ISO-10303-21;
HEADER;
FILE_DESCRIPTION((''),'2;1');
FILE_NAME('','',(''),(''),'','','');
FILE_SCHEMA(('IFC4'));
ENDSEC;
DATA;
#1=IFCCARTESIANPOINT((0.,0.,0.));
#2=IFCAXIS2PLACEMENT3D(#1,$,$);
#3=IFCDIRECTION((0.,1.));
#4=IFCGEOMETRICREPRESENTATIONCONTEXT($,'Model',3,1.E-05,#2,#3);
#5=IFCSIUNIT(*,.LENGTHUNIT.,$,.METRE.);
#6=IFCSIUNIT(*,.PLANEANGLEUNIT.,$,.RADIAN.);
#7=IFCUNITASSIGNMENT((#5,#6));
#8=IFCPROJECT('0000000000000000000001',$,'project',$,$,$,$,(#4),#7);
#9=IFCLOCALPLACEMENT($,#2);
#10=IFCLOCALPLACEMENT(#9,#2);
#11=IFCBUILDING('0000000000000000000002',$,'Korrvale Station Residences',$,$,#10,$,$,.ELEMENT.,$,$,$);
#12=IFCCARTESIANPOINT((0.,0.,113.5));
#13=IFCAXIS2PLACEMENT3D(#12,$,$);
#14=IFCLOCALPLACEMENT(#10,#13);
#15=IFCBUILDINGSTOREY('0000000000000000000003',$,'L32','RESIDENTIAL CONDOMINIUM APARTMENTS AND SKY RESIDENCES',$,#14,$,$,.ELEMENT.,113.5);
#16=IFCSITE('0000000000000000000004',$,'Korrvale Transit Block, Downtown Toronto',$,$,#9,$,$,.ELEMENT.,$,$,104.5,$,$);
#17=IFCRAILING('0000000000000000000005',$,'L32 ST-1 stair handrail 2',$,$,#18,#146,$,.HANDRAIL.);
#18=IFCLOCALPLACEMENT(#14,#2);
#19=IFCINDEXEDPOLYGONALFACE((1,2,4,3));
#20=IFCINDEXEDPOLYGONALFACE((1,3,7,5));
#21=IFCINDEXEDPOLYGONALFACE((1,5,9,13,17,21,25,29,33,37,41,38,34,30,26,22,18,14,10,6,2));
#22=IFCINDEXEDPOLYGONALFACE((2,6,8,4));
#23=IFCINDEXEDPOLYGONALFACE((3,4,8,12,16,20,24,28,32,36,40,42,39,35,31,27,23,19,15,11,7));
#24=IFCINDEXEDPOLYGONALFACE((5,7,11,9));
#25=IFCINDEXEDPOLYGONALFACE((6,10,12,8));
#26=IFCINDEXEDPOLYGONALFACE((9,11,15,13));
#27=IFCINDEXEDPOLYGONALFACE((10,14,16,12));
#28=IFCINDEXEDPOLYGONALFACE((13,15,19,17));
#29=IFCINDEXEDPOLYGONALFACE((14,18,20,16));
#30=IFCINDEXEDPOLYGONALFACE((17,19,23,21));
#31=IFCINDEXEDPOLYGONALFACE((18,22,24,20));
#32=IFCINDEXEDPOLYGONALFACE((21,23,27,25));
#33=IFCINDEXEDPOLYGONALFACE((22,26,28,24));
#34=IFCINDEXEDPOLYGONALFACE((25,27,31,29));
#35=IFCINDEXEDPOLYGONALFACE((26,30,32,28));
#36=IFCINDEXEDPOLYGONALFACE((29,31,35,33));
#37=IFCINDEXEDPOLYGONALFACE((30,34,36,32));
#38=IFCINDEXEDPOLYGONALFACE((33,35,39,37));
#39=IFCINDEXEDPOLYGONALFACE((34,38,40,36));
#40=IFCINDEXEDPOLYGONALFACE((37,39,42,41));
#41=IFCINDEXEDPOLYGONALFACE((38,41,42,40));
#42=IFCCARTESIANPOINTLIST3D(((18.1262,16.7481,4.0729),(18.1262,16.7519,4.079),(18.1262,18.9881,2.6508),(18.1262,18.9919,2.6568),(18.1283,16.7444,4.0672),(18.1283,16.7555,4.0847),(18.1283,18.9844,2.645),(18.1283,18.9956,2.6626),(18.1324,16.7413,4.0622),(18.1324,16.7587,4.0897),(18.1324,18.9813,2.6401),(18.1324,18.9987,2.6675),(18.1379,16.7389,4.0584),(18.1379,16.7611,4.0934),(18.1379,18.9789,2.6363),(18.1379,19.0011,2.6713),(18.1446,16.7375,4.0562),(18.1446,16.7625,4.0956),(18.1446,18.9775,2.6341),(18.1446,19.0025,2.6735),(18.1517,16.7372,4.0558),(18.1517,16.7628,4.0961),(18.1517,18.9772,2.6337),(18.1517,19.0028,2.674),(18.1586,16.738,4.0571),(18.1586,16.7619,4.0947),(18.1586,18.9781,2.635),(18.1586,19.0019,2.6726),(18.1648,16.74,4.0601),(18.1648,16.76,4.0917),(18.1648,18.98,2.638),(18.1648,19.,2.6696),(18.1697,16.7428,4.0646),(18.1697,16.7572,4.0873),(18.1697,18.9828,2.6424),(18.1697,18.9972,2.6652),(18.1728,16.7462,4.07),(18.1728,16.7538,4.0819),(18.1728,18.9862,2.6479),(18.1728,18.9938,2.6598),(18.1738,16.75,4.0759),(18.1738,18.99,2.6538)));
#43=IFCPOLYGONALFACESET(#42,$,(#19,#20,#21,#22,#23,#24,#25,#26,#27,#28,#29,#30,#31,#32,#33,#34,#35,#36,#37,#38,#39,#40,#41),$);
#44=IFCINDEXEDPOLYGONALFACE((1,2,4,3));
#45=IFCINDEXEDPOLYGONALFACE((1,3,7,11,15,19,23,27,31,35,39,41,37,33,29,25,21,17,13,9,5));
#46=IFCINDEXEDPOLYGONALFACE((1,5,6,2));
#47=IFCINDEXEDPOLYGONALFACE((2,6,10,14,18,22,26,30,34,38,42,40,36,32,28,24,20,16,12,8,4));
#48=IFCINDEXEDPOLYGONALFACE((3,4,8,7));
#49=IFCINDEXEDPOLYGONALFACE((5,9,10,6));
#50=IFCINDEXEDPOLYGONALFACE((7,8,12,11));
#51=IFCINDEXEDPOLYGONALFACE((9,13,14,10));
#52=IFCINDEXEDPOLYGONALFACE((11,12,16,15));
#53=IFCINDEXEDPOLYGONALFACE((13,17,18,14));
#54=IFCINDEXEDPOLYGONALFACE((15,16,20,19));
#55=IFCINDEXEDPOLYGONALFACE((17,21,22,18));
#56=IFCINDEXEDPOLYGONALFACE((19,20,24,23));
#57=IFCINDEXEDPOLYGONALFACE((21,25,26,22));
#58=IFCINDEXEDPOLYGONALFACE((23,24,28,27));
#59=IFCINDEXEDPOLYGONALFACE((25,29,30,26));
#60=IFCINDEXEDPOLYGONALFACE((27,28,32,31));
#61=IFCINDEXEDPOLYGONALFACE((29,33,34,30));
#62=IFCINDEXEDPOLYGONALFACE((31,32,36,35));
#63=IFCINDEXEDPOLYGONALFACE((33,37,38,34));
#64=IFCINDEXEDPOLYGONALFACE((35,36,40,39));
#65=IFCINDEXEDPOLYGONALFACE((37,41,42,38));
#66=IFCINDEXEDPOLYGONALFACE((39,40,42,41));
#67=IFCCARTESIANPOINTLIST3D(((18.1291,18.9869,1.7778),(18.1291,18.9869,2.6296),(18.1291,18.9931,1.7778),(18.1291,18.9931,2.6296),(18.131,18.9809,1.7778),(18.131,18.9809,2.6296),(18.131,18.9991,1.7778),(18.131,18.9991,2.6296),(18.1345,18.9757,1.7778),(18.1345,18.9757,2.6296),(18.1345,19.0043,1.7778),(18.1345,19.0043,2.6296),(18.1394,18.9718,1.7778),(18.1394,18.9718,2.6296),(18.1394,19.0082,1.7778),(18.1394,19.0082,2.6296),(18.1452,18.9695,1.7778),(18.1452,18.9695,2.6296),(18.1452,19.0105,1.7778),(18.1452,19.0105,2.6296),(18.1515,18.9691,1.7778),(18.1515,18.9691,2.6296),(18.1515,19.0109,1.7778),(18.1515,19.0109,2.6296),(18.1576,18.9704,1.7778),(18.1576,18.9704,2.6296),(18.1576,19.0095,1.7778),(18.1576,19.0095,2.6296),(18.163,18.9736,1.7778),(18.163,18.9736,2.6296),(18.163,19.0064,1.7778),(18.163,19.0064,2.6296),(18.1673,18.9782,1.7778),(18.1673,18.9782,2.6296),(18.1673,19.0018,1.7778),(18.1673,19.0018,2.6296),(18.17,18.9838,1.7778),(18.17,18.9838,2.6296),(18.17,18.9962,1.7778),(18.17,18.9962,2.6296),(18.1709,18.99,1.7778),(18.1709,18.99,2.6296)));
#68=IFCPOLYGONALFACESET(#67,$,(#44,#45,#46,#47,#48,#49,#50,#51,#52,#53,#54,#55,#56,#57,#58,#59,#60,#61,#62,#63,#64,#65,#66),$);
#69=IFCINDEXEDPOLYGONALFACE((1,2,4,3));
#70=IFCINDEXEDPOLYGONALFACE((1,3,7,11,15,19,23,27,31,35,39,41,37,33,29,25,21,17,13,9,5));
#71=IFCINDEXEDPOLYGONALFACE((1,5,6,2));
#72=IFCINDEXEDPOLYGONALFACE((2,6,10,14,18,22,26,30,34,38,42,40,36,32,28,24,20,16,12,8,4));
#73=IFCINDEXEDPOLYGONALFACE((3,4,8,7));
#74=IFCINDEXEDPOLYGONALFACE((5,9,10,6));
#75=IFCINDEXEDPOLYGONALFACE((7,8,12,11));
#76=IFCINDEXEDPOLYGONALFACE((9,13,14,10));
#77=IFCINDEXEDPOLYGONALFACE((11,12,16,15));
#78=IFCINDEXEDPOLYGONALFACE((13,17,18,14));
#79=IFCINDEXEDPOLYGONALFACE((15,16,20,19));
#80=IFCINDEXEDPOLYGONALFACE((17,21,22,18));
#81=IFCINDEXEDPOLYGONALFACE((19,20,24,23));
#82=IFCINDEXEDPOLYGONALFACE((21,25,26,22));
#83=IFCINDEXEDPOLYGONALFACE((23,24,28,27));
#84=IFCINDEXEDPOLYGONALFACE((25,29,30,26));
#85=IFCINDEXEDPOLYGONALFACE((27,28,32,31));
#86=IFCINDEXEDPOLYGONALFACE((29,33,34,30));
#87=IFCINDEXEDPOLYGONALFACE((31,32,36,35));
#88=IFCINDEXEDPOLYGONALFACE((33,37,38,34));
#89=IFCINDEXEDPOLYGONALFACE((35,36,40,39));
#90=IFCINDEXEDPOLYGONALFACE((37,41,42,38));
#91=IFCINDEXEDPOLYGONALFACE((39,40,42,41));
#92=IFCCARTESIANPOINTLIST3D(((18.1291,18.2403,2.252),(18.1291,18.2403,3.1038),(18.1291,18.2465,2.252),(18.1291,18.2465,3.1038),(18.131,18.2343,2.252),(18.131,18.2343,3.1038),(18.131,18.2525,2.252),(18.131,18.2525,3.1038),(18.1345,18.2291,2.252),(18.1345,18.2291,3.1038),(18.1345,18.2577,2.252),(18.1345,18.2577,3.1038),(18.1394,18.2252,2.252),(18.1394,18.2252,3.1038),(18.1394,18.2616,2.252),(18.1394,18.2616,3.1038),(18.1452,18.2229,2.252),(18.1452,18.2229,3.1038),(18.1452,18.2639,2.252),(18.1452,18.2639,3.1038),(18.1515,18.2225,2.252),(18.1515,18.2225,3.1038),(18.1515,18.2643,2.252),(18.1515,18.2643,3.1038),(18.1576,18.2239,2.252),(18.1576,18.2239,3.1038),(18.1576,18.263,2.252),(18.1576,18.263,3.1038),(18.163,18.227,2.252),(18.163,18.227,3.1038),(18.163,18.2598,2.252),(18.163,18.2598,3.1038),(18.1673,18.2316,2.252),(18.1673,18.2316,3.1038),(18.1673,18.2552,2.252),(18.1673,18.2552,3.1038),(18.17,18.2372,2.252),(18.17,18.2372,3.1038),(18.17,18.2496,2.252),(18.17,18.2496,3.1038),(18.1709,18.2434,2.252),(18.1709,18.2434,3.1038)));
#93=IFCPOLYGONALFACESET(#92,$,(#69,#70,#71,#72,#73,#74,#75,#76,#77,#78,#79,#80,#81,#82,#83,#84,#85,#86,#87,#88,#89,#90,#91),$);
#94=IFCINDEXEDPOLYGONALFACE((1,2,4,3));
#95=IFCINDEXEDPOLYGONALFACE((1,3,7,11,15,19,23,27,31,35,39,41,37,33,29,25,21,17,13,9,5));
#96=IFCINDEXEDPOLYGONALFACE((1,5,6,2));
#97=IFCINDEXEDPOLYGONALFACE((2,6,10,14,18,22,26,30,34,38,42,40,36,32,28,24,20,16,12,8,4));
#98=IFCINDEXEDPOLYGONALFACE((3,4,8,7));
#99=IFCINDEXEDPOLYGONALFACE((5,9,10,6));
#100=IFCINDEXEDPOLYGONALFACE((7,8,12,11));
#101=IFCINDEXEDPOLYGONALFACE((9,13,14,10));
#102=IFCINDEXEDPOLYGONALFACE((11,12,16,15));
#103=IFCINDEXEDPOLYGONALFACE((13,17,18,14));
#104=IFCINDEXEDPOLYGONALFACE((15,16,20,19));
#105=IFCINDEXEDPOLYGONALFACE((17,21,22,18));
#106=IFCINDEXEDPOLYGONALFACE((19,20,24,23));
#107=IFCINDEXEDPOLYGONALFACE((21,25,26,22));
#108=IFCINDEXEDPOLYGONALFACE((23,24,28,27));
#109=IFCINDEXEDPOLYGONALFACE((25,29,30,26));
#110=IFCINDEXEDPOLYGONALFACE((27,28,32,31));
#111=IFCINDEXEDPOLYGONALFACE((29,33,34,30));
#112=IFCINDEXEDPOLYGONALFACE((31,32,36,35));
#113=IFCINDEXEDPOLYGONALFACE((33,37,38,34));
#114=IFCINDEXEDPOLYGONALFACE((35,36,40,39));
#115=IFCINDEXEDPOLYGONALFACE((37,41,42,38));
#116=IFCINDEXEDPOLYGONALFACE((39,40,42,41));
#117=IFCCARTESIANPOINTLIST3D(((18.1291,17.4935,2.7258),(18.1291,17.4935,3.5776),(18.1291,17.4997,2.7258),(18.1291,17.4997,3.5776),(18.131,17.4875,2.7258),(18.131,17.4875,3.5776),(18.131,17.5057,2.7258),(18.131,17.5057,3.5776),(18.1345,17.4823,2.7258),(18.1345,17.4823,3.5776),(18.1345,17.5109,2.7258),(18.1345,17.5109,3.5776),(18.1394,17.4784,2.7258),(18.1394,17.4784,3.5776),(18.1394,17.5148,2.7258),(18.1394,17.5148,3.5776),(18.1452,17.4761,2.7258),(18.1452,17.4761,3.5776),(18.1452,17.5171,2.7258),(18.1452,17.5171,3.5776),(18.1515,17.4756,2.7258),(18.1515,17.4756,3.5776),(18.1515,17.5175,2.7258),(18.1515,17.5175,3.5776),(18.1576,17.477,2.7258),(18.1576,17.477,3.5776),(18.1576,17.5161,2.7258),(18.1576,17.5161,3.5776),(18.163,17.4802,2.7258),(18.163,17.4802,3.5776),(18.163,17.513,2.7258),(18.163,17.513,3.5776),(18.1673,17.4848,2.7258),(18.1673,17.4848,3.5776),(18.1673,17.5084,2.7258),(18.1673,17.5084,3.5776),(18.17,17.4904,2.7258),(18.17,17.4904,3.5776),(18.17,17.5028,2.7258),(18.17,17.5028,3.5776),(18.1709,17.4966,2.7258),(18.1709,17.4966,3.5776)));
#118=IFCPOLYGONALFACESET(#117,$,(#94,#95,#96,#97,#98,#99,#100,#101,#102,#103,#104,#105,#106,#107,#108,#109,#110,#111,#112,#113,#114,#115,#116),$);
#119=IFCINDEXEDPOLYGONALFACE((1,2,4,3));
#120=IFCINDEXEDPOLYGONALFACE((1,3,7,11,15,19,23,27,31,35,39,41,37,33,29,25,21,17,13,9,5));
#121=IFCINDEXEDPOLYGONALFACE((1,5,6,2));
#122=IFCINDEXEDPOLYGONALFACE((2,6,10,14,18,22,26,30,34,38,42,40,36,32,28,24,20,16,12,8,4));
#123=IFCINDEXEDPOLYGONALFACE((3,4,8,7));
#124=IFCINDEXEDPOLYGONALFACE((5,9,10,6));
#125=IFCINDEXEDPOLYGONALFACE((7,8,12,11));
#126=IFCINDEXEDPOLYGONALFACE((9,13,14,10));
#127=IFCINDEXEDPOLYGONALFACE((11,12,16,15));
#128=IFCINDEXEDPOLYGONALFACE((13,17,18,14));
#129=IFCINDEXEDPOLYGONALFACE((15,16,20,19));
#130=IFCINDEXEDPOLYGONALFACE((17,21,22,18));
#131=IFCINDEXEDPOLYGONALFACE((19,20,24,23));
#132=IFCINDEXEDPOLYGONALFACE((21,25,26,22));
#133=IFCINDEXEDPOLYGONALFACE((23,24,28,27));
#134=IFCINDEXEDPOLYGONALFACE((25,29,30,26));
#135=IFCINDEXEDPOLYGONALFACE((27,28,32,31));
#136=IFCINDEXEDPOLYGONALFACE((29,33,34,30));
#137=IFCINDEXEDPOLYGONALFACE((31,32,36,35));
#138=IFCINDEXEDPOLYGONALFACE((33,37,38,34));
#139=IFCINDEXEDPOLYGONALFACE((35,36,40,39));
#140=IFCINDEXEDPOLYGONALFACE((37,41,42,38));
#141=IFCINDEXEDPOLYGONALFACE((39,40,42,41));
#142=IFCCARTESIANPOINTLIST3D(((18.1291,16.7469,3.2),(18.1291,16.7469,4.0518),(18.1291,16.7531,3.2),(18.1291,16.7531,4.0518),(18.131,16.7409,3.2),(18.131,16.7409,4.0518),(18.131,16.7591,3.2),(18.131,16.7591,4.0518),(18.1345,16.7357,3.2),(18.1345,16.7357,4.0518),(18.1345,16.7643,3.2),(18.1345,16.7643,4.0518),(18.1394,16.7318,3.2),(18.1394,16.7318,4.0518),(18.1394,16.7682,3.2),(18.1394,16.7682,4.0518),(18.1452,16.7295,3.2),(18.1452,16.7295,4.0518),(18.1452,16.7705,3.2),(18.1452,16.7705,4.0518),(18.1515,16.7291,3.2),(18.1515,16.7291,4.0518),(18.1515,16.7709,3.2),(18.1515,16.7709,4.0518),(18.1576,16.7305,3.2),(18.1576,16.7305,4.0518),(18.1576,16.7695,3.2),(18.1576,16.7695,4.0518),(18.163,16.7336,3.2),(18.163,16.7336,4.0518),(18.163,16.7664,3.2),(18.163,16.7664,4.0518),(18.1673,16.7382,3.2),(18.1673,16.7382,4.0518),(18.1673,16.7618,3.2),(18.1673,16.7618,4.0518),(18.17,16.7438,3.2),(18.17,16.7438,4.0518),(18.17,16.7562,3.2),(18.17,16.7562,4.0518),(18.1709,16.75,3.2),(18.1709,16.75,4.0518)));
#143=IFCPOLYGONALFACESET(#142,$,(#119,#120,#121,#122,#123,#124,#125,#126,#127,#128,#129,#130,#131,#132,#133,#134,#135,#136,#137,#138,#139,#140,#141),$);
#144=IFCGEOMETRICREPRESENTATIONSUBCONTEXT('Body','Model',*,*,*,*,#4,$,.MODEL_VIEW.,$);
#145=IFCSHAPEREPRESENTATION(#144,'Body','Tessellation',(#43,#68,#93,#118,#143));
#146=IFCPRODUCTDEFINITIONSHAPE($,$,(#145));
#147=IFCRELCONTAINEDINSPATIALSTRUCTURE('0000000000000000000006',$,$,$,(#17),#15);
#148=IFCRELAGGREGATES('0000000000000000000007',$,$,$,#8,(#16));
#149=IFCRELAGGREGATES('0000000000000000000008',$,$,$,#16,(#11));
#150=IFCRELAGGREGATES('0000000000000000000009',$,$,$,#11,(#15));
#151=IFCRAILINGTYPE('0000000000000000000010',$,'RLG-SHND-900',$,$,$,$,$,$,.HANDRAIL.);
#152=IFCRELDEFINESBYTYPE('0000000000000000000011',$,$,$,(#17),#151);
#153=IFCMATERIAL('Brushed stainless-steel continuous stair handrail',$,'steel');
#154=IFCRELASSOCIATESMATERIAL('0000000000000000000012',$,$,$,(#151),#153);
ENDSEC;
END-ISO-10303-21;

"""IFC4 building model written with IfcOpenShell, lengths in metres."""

from ifc_helpers import new_model, si_unit, direction, frame, origin, origin_2d, place, context, subcontext, project, spatial, circle, extrude, material, type_object, element, save


model = new_model("IFC4")

# Units and contexts
model_context = context("Model", 3, precision=1e-05, world=origin(), true_north=direction((0.0, 1.0)))
body_context = subcontext(model_context, "Body", "Model", "MODEL_VIEW")
ifc_project = project(units=[si_unit("LENGTHUNIT", "METRE"), si_unit("PLANEANGLEUNIT", "RADIAN")], contexts=[model_context])

# Site, building, storey
site_placement = place(None, origin())
site = spatial("IfcSite", under=ifc_project, at=site_placement, Name="Korrvale Transit Block, Downtown Toronto", CompositionType="ELEMENT", RefElevation=104.5)
building_placement = place(site_placement, origin())
building = spatial("IfcBuilding", under=site, at=building_placement, Name="Korrvale Station Residences", CompositionType="ELEMENT")
storey_placement = place(building_placement, frame((0.0, 0.0, 113.5)))
storey = spatial("IfcBuildingStorey", under=building, at=storey_placement, Name="L32", Description="RESIDENTIAL CONDOMINIUM APARTMENTS AND SKY RESIDENCES", CompositionType="ELEMENT", Elevation=113.5)

# Railing
ifc_material_1 = material(Name="Brushed stainless-steel continuous stair handrail", Category="steel")
railing_type_1 = type_object("IfcRailingType", Name="RLG-SHND-900", PredefinedType="HANDRAIL", material=ifc_material_1)
railing_1_placement = place(storey_placement, frame((18.1499, 18.99, 1.7778)))
element("IfcRailing", 1, at=railing_1_placement, inside=storey, type_object=railing_type_1, Name="L32 ST-1 stair handrail 2", PredefinedType="HANDRAIL", context=body_context, shape_type="SweptSolid", body=[
    extrude(circle(Radius=0.0239, at=origin_2d()), frame((0.0, 0.0, 0.876), z_axis=(0.0, -0.844229, 0.535982), x_axis=(1.0, 0.0, 0.0)), (0.0, 0.0, 1.0), 2.6533),
    extrude(circle(Radius=0.021, at=origin_2d()), origin(), (0.0, 0.0, 1.0), 0.8518),
    extrude(circle(Radius=0.021, at=origin_2d()), frame((0.0, -0.7466, 0.4741)), (0.0, 0.0, 1.0), 0.8518),
    extrude(circle(Radius=0.021, at=origin_2d()), frame((0.0, -1.4934, 0.948)), (0.0, 0.0, 1.0), 0.8518),
    extrude(circle(Radius=0.021, at=origin_2d()), frame((0.0, -2.24, 1.4221)), (0.0, 0.0, 1.0), 0.8518),
])

save(model, "model.ifc")
